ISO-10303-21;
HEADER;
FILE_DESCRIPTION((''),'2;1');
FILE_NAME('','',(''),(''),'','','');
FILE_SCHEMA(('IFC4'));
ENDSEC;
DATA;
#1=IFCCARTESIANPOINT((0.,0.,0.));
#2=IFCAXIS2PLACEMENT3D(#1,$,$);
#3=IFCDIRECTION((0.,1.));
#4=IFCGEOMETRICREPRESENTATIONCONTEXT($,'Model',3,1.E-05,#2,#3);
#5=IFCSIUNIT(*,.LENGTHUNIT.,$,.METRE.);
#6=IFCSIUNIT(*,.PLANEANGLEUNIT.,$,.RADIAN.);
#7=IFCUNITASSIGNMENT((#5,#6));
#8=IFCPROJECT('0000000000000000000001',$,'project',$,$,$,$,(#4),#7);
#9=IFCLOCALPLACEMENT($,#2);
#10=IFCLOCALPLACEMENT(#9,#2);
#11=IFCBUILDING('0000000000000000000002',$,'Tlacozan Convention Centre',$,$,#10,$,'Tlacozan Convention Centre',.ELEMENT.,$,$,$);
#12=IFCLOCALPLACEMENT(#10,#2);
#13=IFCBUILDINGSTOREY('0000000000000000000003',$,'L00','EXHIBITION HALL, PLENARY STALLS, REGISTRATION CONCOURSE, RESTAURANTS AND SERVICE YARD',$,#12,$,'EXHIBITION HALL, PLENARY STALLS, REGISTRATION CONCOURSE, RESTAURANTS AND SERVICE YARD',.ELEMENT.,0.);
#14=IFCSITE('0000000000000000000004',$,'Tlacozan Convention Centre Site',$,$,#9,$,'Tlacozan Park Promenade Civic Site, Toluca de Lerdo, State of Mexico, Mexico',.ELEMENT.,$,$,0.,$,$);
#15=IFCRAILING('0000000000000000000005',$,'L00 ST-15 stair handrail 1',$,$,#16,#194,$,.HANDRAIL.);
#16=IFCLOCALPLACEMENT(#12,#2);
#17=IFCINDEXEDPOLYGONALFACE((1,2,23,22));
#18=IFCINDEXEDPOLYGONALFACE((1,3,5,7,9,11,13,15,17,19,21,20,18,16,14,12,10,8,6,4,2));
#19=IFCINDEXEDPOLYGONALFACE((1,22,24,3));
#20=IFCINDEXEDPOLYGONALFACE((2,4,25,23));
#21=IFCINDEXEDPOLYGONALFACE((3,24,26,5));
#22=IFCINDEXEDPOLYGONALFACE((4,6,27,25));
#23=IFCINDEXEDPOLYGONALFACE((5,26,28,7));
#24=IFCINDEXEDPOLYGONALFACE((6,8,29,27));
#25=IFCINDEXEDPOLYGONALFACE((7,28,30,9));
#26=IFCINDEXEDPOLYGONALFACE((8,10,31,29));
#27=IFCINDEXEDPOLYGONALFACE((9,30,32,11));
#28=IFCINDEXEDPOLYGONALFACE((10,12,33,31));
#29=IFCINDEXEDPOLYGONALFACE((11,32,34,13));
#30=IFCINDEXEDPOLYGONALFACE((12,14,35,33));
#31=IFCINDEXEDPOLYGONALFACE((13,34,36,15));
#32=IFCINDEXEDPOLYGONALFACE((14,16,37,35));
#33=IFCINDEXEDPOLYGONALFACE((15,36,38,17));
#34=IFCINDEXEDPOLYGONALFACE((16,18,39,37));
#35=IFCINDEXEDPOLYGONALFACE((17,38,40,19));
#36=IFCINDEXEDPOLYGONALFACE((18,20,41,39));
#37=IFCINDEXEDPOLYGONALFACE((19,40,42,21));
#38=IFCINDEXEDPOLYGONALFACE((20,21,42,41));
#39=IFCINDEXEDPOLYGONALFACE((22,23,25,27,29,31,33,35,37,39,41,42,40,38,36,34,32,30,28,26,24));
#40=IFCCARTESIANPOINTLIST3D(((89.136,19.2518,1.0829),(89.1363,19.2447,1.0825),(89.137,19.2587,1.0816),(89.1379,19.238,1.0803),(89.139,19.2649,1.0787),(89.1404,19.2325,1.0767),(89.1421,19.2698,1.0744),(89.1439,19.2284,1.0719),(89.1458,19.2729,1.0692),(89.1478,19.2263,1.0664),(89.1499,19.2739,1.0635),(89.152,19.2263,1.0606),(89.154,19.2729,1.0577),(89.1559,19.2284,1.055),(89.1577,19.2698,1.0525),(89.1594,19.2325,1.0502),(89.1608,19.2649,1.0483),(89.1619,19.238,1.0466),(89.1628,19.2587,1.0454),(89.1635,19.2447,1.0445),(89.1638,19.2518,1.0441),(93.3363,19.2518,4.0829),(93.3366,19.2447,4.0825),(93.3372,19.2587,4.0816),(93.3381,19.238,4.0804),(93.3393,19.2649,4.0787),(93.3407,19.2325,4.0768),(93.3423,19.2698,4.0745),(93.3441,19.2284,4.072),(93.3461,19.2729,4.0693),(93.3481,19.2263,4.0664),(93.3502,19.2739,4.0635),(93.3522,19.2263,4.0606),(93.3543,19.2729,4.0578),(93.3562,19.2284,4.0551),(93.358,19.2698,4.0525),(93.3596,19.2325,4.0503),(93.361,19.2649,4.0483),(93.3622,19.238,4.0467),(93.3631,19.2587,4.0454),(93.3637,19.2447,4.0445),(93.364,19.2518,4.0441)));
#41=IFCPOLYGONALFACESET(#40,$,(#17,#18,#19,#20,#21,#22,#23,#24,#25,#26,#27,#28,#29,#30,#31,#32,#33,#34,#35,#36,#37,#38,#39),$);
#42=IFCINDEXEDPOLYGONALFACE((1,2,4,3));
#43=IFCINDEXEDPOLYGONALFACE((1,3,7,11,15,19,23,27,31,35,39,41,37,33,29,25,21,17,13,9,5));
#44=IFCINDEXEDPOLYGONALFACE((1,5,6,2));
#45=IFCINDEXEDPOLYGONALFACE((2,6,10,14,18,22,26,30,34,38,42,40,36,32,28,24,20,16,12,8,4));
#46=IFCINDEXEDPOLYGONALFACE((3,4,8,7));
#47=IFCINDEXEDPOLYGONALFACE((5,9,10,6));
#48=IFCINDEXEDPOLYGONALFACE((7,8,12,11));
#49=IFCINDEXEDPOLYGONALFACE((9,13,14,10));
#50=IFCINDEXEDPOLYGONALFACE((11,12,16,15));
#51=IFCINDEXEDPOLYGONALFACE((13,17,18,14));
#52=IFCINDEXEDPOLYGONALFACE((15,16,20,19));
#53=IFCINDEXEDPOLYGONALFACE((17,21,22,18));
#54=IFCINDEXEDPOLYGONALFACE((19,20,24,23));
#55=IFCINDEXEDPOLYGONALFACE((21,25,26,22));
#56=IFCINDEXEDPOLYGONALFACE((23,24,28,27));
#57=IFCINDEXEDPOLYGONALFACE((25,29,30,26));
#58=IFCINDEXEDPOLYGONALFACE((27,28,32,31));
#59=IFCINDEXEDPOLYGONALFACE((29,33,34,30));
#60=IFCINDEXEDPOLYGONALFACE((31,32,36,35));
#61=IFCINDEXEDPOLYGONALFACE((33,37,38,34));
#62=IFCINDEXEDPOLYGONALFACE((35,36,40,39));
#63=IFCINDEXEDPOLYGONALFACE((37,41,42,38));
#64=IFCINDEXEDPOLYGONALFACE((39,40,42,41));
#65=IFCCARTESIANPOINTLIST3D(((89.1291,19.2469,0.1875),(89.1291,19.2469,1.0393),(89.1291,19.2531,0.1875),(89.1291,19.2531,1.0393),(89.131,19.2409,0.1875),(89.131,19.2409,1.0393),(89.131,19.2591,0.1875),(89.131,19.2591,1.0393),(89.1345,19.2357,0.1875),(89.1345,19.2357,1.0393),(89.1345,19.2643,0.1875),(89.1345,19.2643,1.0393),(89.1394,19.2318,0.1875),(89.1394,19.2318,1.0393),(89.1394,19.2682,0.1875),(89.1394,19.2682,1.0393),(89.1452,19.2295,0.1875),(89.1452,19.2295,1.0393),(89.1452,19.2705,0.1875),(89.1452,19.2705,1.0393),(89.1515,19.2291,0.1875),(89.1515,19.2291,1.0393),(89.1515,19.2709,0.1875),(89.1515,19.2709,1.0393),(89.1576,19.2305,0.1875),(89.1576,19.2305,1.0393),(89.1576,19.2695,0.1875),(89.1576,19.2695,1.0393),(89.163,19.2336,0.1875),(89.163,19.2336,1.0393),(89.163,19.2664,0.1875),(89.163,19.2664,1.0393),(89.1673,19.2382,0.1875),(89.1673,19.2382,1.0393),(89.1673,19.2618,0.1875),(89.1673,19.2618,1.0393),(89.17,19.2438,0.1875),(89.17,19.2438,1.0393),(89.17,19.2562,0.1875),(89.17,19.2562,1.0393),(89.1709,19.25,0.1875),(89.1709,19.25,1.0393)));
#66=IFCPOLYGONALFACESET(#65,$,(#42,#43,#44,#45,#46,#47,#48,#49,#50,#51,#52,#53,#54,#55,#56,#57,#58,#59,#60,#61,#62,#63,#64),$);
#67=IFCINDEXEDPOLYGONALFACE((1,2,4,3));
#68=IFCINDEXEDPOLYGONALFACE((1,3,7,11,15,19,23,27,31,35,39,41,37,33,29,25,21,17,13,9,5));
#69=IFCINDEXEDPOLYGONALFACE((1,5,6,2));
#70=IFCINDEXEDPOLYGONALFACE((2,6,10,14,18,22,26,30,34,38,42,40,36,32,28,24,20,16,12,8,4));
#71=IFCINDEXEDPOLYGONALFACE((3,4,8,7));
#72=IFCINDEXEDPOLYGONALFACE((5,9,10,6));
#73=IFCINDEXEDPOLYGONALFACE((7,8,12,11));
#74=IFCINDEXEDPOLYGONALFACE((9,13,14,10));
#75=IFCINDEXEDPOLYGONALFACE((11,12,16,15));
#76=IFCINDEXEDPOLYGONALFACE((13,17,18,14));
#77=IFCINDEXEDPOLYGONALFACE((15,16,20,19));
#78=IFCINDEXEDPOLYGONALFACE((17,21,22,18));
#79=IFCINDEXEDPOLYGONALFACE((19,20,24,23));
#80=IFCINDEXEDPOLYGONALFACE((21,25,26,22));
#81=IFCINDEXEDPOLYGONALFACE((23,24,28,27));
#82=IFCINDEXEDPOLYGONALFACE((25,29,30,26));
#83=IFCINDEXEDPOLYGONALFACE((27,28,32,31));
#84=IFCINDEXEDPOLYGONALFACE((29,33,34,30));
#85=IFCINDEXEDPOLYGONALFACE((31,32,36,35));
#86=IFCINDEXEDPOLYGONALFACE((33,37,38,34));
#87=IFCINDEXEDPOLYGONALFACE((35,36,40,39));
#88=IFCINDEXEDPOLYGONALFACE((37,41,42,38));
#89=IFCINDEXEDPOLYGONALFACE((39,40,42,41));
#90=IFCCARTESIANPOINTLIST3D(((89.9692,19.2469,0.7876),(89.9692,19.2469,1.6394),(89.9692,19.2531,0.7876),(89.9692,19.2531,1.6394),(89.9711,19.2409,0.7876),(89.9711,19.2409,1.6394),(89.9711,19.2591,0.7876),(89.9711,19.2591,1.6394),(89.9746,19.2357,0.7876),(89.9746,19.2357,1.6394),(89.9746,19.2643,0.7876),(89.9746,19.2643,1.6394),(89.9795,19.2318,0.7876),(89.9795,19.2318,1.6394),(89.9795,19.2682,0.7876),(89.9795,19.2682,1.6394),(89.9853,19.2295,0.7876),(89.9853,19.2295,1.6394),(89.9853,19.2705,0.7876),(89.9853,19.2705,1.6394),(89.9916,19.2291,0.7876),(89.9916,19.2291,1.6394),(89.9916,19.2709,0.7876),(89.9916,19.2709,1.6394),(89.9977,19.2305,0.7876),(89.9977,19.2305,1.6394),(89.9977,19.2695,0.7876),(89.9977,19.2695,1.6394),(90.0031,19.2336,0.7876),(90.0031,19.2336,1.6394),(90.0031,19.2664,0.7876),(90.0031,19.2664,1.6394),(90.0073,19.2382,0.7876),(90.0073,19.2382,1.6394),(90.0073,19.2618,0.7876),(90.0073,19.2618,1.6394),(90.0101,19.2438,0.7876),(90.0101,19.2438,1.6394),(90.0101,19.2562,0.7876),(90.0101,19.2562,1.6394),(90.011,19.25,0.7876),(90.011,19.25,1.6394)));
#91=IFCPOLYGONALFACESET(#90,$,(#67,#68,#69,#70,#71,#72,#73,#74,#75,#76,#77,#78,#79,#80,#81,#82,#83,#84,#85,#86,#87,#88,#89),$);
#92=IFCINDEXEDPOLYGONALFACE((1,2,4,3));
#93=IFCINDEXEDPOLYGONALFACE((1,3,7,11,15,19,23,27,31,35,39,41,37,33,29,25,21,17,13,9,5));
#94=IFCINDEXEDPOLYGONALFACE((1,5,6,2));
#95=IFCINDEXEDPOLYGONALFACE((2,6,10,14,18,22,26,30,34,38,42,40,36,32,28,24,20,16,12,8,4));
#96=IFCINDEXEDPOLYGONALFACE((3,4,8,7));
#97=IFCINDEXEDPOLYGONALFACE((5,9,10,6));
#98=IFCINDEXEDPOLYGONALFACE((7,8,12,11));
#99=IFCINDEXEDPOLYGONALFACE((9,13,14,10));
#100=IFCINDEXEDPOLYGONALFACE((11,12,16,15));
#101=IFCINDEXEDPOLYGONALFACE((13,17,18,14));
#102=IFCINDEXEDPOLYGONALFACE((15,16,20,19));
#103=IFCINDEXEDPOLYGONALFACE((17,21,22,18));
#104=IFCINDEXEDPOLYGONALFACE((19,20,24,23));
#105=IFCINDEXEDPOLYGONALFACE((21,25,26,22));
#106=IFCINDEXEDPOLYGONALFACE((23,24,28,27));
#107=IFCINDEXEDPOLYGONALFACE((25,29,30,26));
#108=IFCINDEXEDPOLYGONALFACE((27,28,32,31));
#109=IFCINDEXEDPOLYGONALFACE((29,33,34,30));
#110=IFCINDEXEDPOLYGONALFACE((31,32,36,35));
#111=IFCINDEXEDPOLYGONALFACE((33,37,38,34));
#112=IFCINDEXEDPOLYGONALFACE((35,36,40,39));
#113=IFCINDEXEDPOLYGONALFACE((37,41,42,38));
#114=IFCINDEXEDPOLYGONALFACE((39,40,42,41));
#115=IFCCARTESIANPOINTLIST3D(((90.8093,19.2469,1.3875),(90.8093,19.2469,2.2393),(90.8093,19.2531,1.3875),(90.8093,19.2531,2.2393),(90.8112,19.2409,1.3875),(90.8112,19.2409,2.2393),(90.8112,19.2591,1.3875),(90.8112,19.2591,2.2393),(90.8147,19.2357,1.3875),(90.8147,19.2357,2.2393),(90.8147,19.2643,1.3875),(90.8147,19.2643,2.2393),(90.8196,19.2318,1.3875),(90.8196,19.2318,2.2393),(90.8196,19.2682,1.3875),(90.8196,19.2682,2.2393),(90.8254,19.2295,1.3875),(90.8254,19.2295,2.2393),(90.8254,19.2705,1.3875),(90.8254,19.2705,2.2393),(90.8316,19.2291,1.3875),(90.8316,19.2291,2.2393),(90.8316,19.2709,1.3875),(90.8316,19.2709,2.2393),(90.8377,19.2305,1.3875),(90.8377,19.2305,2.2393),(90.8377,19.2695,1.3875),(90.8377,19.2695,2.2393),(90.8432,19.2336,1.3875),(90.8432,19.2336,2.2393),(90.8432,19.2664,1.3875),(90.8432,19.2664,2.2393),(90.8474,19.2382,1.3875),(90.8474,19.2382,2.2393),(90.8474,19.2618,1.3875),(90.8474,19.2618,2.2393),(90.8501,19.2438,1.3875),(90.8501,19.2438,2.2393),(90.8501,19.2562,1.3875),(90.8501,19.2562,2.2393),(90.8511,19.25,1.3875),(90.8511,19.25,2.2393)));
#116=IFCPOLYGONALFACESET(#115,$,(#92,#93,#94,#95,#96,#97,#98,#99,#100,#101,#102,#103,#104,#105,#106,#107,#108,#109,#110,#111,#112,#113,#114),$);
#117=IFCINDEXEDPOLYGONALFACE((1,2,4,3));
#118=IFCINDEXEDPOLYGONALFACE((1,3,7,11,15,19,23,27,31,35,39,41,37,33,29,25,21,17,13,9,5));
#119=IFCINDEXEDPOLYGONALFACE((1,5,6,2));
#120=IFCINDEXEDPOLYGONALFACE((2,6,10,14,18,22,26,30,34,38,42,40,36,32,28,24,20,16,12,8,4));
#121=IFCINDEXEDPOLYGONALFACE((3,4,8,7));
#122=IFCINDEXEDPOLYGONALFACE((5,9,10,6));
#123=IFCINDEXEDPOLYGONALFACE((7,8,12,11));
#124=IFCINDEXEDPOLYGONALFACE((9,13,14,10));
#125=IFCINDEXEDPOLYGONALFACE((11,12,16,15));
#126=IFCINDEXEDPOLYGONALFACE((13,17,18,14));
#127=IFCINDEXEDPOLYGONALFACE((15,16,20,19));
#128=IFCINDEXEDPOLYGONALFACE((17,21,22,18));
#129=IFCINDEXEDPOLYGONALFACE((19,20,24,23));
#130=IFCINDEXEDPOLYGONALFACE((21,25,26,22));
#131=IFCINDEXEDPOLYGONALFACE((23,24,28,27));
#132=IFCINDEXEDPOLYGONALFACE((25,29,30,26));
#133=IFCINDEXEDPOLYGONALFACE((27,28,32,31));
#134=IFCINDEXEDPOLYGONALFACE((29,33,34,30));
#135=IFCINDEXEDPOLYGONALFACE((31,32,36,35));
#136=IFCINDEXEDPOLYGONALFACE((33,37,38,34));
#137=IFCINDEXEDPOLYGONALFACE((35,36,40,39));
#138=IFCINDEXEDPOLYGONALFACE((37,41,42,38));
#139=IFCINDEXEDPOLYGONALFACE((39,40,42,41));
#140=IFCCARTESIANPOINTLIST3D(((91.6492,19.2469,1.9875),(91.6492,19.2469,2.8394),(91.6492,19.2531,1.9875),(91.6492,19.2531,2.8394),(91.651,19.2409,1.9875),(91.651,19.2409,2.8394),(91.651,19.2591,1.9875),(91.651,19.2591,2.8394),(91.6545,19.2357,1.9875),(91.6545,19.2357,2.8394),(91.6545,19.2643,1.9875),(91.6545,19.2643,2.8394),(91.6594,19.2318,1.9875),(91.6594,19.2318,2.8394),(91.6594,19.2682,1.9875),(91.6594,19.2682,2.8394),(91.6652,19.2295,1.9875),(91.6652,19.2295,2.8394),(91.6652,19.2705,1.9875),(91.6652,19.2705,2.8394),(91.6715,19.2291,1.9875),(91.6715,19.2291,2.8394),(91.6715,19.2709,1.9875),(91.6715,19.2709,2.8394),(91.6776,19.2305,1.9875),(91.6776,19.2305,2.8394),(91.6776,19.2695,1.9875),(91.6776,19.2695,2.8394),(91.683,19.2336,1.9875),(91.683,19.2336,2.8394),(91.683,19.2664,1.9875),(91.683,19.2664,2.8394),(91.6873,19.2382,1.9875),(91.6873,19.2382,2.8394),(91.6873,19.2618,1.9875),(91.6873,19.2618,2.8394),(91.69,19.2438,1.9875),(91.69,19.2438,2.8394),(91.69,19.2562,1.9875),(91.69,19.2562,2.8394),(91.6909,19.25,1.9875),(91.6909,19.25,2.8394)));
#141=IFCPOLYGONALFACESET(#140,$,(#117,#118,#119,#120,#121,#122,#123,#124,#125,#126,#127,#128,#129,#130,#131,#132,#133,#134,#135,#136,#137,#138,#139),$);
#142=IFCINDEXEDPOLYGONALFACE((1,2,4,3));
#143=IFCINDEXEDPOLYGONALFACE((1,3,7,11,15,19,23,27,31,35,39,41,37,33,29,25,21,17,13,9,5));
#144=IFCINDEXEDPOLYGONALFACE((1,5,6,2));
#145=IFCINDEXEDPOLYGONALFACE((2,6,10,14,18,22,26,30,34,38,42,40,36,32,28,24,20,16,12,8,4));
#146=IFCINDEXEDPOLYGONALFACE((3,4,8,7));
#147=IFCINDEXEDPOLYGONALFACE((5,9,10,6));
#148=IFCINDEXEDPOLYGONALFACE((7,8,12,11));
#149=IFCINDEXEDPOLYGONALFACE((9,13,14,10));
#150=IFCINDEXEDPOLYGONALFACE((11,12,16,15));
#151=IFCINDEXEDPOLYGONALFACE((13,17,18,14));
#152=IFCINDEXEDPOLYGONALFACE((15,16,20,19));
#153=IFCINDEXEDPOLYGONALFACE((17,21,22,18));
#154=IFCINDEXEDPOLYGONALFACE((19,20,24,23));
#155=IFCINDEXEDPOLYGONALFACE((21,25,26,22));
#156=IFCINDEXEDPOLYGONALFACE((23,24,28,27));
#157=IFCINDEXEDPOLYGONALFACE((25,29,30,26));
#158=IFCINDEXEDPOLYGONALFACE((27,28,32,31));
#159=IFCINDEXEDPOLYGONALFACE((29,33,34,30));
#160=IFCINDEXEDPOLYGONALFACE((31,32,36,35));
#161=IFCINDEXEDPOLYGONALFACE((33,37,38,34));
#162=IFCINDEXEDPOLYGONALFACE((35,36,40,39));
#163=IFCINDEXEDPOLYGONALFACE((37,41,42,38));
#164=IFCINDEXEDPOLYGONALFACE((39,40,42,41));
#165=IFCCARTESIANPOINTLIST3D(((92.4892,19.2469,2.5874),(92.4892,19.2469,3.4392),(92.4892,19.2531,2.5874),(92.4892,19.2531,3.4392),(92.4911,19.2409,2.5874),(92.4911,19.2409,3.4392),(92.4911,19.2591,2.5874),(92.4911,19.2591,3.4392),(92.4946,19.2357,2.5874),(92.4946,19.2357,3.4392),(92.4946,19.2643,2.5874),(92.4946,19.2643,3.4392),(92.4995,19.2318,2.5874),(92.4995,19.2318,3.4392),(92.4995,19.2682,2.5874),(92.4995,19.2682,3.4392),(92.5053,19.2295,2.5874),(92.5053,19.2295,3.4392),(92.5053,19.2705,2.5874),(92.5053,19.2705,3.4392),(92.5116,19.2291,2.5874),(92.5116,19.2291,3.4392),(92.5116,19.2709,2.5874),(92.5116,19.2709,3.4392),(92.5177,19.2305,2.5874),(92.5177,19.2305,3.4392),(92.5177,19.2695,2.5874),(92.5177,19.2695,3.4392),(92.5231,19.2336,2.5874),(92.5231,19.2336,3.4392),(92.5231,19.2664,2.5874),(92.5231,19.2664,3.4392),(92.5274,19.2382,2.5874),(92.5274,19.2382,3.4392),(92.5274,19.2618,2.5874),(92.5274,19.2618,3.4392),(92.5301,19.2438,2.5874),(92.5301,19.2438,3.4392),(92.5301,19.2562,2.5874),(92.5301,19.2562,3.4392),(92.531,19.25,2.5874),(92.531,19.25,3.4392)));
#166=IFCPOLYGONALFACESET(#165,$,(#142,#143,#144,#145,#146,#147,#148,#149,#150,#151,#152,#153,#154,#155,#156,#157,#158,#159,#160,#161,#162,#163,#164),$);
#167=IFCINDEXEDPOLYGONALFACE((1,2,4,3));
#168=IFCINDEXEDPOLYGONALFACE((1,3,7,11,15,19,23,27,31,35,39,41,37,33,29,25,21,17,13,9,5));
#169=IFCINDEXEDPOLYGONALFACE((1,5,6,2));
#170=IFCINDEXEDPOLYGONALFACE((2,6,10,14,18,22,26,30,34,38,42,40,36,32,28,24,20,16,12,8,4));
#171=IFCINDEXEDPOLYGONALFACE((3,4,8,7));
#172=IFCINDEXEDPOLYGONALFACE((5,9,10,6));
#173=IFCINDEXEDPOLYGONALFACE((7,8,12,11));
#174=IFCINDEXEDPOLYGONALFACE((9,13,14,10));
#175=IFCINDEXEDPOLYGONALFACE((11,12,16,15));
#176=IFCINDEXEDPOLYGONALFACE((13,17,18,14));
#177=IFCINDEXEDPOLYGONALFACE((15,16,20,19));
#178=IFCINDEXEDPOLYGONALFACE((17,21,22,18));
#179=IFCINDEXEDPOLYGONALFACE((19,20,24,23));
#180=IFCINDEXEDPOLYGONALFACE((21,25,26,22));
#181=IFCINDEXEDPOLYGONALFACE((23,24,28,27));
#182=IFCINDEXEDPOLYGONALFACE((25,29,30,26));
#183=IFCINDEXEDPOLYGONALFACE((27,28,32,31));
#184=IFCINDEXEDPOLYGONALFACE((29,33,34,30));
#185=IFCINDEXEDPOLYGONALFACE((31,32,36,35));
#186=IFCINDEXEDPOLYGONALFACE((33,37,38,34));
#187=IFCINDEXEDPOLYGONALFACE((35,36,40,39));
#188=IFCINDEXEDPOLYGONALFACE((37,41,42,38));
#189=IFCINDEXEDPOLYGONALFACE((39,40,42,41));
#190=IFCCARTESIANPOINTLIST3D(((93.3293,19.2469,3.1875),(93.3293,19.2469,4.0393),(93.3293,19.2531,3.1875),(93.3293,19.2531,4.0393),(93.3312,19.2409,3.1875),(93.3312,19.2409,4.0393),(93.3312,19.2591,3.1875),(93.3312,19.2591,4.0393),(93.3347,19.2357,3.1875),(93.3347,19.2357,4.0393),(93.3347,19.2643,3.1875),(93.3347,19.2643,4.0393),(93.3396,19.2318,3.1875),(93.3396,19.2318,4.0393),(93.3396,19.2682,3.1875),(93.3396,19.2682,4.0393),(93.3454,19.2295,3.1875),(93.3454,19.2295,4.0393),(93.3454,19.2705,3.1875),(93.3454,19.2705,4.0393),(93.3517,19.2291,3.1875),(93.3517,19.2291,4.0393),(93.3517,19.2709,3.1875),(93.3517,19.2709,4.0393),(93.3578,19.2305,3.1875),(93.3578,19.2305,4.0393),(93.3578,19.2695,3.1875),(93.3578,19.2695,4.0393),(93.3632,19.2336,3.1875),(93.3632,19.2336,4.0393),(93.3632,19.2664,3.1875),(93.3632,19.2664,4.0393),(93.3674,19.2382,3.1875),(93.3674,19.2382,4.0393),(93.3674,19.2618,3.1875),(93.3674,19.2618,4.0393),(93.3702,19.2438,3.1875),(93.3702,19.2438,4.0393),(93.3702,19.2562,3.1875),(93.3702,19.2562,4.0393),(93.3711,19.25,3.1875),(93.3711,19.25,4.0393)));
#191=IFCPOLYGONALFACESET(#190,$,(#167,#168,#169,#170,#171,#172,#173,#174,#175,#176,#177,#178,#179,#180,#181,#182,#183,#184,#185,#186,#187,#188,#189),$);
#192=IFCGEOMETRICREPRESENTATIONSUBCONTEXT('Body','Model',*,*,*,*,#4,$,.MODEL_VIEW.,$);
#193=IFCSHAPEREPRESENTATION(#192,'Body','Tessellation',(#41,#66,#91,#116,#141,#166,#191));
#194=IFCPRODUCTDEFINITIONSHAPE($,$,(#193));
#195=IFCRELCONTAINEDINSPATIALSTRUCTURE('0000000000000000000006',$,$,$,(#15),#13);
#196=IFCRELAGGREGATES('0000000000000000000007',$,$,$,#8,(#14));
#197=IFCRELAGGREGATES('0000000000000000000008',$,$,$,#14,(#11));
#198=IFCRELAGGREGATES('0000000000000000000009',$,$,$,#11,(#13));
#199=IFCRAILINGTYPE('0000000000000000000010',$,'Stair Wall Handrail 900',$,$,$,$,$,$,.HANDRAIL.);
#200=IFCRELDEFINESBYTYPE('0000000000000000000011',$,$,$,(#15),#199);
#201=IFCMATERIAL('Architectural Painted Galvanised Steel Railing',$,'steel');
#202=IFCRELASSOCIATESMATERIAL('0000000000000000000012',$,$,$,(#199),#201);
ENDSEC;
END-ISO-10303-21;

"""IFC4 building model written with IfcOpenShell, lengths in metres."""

from ifc_helpers import new_model, si_unit, direction, frame, origin, origin_2d, place, context, subcontext, project, spatial, circle, extrude, material, type_object, element, save


model = new_model("IFC4")

# Units and contexts
model_context = context("Model", 3, precision=1e-05, world=origin(), true_north=direction((0.0, 1.0)))
body_context = subcontext(model_context, "Body", "Model", "MODEL_VIEW")
ifc_project = project(units=[si_unit("LENGTHUNIT", "METRE"), si_unit("PLANEANGLEUNIT", "RADIAN")], contexts=[model_context])

# Site, building, storey
site_placement = place(None, origin())
site = spatial("IfcSite", under=ifc_project, at=site_placement, Name="Tlacozan Convention Centre Site", LongName="Tlacozan Park Promenade Civic Site, Toluca de Lerdo, State of Mexico, Mexico", CompositionType="ELEMENT", RefElevation=0.0)
building_placement = place(site_placement, origin())
building = spatial("IfcBuilding", under=site, at=building_placement, Name="Tlacozan Convention Centre", LongName="Tlacozan Convention Centre", CompositionType="ELEMENT")
storey_placement = place(building_placement, origin())
storey = spatial("IfcBuildingStorey", under=building, at=storey_placement, Name="L00", Description="EXHIBITION HALL, PLENARY STALLS, REGISTRATION CONCOURSE, RESTAURANTS AND SERVICE YARD", LongName="EXHIBITION HALL, PLENARY STALLS, REGISTRATION CONCOURSE, RESTAURANTS AND SERVICE YARD", CompositionType="ELEMENT", Elevation=0.0)

# Railing
ifc_material_1 = material(Name="Architectural Painted Galvanised Steel Railing", Category="steel")
railing_type_1 = type_object("IfcRailingType", Name="Stair Wall Handrail 900", PredefinedType="HANDRAIL", material=ifc_material_1)
railing_1_placement = place(storey_placement, frame((89.1499, 19.25, 0.1875)))
element("IfcRailing", 1, at=railing_1_placement, inside=storey, type_object=railing_type_1, Name="L00 ST-15 stair handrail 1", PredefinedType="HANDRAIL", context=body_context, shape_type="SweptSolid", body=[
    extrude(circle(Radius=0.0239, at=origin_2d()), frame((0.0, 0.0, 0.876), z_axis=(0.813746, 0.0, 0.58122), x_axis=(0.0, 1.0, 0.0)), (0.0, 0.0, 1.0), 5.1616),
    extrude(circle(Radius=0.021, at=origin_2d()), origin(), (0.0, 0.0, 1.0), 0.8518),
    extrude(circle(Radius=0.021, at=origin_2d()), frame((0.8401, 0.0, 0.6001)), (0.0, 0.0, 1.0), 0.8518),
    extrude(circle(Radius=0.021, at=origin_2d()), frame((1.6802, 0.0, 1.2)), (0.0, 0.0, 1.0), 0.8518),
    extrude(circle(Radius=0.021, at=origin_2d()), frame((2.52, 0.0, 1.8)), (0.0, 0.0, 1.0), 0.8518),
    extrude(circle(Radius=0.021, at=origin_2d()), frame((3.3601, 0.0, 2.3999)), (0.0, 0.0, 1.0), 0.8518),
    extrude(circle(Radius=0.021, at=origin_2d()), frame((4.2002, 0.0, 3.0)), (0.0, 0.0, 1.0), 0.8518),
])

save(model, "model.ifc")
